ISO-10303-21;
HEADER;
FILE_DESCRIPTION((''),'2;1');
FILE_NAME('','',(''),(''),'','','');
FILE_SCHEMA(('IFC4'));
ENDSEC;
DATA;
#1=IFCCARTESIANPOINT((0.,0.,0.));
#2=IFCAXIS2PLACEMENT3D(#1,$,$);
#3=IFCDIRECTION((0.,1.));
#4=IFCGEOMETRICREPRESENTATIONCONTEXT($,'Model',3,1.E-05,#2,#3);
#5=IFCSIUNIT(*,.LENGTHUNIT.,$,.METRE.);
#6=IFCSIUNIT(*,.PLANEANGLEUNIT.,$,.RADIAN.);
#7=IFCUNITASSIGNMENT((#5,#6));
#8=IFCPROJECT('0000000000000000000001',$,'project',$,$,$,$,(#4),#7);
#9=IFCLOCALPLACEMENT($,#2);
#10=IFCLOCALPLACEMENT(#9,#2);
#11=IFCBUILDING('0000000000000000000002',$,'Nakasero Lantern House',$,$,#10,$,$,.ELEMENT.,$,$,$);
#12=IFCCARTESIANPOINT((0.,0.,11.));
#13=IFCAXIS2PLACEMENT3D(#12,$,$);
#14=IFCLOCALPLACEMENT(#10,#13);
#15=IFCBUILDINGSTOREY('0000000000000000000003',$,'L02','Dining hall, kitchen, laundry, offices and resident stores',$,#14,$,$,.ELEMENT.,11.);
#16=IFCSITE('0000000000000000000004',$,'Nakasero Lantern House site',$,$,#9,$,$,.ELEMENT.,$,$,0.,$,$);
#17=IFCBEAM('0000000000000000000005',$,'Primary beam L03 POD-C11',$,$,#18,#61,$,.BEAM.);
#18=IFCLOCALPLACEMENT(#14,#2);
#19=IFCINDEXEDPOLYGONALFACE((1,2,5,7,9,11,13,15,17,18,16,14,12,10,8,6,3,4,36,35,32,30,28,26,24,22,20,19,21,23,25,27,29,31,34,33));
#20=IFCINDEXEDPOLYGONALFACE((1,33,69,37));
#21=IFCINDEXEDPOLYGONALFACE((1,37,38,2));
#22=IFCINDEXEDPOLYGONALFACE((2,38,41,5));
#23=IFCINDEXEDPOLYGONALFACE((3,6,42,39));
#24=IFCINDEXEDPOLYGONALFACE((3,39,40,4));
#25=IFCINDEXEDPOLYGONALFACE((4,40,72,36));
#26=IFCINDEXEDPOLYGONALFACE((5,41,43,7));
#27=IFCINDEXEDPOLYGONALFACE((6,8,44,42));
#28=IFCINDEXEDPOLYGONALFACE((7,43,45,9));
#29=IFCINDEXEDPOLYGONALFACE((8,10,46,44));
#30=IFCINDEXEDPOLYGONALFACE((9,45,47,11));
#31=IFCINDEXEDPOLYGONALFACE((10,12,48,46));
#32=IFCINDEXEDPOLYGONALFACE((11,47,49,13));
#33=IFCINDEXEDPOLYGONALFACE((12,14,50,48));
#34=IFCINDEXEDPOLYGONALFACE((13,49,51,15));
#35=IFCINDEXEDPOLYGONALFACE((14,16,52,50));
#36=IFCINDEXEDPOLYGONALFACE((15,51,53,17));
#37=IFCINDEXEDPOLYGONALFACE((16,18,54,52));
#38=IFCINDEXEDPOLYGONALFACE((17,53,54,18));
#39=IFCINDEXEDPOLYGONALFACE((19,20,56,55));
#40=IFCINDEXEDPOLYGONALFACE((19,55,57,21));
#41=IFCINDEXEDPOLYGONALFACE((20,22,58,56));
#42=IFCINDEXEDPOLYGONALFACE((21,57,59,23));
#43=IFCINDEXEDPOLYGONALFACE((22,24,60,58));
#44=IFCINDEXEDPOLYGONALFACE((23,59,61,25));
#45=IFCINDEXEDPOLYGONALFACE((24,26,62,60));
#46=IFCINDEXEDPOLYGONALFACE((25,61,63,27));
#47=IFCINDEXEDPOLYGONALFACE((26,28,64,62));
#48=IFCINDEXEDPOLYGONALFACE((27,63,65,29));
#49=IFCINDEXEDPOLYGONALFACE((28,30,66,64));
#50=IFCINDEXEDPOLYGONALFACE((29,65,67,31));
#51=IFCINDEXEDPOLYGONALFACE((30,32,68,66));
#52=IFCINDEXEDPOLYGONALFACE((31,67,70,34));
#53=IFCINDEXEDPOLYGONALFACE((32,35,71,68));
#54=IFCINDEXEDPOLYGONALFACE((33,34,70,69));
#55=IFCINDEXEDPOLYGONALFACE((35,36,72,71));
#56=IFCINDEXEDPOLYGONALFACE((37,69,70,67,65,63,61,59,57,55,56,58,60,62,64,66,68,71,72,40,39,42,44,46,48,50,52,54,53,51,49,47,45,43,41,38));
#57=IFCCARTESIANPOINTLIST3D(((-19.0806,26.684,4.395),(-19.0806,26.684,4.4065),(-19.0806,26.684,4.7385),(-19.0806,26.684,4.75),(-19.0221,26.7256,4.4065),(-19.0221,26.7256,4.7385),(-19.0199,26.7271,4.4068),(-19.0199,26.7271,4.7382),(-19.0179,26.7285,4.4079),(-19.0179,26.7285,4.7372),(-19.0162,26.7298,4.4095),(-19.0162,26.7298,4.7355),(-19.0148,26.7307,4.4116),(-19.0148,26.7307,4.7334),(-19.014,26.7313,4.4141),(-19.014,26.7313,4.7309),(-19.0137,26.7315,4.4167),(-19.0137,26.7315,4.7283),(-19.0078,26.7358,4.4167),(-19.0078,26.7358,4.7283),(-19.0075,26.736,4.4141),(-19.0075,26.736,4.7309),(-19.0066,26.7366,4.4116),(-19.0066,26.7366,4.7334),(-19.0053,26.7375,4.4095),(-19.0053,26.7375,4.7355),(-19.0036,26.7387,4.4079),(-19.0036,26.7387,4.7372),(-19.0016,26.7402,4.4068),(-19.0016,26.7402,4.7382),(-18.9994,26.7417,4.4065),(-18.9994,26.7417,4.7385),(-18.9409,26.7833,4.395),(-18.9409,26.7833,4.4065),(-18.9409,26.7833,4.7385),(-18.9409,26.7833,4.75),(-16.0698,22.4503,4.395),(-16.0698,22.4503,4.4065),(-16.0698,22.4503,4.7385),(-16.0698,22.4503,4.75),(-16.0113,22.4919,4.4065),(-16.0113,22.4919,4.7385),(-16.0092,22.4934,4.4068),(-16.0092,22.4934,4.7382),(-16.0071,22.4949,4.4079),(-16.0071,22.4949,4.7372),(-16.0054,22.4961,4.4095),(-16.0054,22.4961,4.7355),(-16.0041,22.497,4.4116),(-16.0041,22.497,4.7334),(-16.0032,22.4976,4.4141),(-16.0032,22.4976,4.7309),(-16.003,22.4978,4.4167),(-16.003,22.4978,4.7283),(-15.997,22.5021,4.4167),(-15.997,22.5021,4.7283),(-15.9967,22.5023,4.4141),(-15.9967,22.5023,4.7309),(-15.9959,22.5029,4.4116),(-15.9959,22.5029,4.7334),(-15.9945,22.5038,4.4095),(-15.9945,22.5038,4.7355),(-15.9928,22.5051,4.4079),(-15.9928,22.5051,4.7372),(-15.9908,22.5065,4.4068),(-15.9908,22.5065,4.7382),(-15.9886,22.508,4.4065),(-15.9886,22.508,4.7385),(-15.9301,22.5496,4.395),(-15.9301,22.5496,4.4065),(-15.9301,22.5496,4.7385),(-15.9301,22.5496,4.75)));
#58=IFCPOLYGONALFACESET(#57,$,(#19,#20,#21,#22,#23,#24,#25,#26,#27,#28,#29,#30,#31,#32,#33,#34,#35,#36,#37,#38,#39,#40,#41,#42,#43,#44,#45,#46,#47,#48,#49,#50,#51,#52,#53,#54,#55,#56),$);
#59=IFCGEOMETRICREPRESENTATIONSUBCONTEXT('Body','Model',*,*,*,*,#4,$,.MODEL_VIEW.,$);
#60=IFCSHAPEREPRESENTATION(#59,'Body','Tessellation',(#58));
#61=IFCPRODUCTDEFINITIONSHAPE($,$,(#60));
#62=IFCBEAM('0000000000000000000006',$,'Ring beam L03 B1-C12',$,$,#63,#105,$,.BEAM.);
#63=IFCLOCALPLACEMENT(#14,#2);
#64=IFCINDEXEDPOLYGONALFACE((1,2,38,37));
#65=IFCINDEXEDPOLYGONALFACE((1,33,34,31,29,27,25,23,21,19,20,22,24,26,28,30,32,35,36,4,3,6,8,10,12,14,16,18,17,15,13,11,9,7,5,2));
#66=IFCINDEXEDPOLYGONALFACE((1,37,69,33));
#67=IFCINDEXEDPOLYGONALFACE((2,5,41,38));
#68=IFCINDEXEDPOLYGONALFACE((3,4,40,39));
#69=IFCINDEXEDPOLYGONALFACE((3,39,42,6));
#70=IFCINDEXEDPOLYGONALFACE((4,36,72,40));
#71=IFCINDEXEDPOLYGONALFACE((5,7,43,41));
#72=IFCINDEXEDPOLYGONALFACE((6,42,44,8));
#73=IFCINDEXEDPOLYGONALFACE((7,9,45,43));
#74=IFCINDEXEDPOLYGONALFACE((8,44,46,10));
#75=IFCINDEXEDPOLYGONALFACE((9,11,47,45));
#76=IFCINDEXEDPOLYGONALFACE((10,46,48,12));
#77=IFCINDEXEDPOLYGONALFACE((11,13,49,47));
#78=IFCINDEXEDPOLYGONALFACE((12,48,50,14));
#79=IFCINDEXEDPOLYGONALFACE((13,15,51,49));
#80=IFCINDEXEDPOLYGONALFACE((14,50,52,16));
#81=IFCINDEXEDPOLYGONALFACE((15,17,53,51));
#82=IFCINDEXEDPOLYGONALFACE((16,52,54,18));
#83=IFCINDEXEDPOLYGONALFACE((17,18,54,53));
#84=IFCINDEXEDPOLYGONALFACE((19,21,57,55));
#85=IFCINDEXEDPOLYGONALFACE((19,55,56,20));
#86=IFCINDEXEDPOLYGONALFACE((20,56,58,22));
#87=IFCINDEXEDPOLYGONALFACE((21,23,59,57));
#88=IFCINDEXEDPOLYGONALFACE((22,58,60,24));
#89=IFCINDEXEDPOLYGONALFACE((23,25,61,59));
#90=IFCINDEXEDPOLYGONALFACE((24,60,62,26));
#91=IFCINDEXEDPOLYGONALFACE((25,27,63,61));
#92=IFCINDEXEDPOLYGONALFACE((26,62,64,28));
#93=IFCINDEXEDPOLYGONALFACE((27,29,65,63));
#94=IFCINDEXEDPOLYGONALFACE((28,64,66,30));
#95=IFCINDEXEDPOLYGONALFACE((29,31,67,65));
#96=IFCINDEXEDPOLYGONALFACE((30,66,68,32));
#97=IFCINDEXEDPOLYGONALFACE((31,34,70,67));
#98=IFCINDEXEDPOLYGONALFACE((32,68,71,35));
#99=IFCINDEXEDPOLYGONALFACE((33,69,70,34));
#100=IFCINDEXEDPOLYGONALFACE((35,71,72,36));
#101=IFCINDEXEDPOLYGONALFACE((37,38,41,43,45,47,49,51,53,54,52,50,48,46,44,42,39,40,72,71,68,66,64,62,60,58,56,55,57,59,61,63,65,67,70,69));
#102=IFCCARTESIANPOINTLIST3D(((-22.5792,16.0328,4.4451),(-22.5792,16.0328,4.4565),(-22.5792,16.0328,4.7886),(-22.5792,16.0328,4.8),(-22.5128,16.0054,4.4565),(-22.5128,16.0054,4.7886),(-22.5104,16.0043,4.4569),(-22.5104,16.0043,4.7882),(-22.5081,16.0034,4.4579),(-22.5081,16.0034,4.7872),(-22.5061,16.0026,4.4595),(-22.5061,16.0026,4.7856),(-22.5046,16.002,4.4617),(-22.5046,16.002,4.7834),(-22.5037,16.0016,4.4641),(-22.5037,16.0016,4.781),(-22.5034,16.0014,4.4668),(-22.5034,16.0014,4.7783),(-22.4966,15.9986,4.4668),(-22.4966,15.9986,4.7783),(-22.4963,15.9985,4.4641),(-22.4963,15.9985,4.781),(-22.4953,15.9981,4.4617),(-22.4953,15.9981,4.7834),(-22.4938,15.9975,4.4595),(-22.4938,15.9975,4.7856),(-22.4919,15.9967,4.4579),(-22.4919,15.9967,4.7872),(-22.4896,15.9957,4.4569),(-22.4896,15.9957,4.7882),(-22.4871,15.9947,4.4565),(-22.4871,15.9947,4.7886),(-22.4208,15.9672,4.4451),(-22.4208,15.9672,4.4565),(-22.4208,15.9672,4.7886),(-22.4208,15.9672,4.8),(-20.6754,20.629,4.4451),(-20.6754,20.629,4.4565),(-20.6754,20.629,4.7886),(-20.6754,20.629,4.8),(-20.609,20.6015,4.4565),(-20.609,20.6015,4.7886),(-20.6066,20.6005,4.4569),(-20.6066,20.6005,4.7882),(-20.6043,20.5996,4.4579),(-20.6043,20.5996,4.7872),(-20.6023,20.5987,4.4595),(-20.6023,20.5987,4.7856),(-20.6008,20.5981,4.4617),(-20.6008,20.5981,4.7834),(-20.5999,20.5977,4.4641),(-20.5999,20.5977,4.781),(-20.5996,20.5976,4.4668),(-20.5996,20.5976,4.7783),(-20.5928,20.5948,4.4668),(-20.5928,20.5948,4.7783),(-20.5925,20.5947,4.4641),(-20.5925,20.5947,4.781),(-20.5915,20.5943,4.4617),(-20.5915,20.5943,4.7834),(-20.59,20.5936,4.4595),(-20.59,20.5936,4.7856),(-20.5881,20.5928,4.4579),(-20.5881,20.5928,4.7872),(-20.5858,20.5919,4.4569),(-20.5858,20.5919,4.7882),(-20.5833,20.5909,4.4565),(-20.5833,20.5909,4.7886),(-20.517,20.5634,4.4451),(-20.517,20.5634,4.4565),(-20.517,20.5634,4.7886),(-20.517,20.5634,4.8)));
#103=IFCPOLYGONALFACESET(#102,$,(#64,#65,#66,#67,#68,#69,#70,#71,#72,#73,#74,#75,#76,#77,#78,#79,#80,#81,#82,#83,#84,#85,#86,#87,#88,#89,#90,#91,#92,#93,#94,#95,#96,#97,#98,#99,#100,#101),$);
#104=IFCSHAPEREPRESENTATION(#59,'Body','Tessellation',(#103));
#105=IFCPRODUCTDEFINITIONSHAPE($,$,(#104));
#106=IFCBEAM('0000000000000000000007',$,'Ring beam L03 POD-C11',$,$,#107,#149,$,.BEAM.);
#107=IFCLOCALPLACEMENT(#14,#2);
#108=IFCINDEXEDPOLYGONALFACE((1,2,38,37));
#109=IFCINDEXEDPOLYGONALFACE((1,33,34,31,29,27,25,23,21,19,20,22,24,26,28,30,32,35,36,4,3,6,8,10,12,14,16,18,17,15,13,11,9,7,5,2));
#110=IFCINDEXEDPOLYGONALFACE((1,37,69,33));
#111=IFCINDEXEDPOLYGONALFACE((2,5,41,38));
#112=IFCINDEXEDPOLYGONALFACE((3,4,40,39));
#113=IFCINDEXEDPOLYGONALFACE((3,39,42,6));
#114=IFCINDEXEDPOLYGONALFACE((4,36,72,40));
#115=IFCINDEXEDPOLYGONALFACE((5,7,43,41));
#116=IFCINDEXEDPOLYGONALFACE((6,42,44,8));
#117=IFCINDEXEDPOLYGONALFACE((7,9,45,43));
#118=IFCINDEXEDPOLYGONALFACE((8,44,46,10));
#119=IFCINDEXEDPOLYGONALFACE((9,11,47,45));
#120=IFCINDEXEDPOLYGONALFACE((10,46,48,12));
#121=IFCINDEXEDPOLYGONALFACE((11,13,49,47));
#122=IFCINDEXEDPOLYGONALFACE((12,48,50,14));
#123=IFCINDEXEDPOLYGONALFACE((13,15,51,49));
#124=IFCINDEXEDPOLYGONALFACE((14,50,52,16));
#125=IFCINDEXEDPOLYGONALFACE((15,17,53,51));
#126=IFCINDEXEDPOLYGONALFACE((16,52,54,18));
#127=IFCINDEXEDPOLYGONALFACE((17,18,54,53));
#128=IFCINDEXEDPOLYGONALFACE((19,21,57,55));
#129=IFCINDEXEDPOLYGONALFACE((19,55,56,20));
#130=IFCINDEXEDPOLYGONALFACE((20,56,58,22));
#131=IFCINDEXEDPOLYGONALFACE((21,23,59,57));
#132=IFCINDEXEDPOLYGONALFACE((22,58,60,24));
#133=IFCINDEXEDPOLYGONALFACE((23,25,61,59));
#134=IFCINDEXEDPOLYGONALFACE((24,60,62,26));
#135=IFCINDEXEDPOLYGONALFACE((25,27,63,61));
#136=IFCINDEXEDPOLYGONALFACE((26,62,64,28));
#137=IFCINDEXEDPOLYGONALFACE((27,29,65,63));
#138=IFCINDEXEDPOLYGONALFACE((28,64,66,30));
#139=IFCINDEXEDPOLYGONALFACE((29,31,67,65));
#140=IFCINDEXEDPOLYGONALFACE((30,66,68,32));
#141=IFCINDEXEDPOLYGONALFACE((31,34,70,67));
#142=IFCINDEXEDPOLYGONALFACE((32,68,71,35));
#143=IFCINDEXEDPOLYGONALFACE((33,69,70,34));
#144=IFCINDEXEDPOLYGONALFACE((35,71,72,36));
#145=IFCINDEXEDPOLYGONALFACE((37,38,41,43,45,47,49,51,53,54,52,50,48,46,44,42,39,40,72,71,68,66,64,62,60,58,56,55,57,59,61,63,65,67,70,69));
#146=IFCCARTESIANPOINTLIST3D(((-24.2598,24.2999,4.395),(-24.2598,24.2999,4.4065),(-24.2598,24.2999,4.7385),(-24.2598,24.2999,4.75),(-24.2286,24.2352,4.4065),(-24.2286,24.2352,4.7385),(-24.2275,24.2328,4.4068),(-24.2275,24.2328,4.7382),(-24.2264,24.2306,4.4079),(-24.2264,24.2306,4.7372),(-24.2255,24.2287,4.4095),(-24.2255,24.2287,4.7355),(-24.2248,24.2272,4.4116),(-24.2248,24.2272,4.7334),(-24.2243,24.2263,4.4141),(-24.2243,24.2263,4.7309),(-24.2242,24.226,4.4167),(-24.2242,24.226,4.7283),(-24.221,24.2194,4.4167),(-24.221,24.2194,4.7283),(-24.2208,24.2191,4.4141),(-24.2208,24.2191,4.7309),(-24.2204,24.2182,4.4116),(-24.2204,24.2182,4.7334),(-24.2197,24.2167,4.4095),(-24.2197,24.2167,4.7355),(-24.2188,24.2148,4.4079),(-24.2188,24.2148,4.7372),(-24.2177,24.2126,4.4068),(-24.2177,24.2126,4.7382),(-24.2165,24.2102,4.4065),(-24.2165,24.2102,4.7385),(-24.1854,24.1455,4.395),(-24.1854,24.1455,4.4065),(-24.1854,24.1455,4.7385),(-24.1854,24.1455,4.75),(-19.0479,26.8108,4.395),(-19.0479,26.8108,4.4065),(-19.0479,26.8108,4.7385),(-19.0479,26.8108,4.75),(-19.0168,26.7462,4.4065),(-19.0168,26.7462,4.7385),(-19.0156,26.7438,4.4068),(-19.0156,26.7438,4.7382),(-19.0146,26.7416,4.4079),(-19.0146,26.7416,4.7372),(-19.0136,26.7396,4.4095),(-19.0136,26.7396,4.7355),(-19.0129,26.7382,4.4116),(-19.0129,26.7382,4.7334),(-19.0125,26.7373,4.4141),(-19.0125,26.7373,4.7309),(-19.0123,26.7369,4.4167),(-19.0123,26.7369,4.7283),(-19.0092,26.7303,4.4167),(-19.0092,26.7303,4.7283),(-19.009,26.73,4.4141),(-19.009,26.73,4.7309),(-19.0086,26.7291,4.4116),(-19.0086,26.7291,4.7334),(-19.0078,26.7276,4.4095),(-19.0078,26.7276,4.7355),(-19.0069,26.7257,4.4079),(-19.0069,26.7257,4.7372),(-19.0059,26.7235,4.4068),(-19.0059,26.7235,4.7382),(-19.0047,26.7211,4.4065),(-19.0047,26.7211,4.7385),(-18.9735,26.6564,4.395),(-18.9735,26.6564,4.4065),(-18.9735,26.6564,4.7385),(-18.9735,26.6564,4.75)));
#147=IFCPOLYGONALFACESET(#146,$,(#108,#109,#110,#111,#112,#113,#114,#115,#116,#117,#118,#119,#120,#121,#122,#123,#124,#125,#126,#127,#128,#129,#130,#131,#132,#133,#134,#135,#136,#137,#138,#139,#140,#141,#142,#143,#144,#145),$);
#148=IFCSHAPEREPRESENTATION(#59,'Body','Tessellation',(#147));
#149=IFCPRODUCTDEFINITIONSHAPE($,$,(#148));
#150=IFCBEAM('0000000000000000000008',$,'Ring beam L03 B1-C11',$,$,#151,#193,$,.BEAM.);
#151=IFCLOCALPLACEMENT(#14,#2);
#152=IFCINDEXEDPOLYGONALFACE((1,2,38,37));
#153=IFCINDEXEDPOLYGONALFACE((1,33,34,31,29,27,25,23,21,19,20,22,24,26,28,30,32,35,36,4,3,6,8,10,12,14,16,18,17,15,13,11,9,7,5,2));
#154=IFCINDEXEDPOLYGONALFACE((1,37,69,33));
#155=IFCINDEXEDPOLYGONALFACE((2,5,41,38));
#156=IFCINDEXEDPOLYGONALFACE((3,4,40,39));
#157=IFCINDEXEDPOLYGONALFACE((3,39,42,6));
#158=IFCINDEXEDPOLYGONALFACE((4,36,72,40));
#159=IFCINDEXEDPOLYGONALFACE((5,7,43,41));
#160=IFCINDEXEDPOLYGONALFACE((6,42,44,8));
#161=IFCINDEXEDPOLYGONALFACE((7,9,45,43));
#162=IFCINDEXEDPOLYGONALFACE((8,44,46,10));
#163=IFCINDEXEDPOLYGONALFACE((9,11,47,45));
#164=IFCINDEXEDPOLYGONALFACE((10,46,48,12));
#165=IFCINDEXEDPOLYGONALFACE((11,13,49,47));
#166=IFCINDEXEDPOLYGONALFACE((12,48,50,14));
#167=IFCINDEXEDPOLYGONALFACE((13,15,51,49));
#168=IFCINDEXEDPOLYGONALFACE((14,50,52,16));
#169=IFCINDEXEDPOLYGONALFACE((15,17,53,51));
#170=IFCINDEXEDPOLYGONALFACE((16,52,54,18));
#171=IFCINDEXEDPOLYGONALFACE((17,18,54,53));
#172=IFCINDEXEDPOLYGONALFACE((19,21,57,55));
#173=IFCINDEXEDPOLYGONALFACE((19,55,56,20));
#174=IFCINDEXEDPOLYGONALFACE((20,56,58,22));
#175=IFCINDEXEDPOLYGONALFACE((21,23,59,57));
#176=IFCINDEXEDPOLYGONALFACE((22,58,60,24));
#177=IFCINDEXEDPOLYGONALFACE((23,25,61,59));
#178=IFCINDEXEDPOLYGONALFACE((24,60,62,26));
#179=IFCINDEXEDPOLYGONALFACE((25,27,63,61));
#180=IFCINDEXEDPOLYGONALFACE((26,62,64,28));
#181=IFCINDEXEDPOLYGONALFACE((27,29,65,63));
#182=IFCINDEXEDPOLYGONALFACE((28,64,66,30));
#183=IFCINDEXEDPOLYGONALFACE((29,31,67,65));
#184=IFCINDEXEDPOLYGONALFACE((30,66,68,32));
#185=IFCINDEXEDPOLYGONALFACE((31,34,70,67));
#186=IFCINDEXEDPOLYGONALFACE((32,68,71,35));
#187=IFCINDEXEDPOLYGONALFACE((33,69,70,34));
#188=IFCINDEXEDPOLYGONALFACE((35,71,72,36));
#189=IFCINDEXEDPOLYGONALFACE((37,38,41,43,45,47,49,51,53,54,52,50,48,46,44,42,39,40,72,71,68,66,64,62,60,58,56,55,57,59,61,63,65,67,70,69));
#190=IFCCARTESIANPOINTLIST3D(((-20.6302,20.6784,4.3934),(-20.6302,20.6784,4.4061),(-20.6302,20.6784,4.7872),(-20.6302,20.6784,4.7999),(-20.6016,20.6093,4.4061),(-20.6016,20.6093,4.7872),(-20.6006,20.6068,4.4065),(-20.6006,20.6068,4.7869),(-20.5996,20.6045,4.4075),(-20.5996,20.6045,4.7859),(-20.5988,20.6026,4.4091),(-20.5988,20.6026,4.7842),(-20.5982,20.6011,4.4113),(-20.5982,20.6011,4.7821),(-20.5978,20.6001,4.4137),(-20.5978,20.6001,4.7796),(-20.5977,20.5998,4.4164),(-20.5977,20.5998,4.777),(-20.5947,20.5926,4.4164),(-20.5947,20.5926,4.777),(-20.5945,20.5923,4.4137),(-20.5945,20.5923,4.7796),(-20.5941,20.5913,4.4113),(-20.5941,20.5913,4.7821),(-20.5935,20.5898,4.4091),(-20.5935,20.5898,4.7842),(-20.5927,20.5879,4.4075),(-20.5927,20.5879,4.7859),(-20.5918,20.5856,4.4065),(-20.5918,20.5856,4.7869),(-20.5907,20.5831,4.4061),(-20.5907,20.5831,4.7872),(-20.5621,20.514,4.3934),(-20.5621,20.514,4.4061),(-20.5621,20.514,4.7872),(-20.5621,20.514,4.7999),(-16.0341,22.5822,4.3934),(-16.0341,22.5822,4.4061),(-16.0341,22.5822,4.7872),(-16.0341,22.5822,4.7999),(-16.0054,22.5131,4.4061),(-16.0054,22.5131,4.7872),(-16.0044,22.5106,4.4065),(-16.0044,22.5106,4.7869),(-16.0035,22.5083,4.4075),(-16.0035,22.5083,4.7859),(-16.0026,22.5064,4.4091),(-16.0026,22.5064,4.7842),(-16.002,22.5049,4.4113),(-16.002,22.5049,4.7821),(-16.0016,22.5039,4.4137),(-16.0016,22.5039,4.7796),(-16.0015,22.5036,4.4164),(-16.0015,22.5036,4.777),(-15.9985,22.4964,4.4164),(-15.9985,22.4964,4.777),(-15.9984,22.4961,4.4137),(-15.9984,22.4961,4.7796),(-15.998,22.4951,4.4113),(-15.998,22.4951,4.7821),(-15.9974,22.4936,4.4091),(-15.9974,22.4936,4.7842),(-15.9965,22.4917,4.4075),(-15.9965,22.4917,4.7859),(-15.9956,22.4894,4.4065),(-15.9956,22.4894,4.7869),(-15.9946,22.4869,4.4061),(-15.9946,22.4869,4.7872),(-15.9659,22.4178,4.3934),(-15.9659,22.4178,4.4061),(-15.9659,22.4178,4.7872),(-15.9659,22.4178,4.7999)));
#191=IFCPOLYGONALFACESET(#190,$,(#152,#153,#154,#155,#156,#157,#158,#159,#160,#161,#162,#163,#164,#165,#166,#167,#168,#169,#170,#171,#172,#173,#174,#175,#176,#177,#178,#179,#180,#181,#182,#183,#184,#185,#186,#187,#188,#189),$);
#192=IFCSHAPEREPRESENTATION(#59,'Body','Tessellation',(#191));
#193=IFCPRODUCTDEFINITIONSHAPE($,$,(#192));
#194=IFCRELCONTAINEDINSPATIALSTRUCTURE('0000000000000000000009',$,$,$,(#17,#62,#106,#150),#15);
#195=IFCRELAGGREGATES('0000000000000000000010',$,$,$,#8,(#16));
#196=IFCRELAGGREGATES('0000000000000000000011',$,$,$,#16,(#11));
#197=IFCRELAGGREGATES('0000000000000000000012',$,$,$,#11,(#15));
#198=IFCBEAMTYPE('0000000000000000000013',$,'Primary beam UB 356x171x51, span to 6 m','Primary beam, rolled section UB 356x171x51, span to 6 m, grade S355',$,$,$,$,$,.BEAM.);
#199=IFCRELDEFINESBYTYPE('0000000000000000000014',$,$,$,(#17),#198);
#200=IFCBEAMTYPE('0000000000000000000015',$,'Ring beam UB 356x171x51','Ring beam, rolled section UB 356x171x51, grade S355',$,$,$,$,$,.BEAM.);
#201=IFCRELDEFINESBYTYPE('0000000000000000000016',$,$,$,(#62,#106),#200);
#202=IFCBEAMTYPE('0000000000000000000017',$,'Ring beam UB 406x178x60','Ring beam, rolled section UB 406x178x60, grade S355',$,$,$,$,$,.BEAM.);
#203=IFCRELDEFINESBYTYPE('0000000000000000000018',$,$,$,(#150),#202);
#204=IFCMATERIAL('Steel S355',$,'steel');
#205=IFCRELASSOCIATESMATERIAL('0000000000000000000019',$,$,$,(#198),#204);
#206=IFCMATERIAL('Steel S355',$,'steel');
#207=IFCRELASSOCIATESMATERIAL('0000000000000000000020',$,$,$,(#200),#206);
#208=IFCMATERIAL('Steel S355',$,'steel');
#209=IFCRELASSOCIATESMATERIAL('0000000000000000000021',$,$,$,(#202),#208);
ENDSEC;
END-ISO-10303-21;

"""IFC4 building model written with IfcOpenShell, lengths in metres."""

from ifc_helpers import new_model, si_unit, direction, frame, origin, origin_2d, place, context, subcontext, project, spatial, i_section, extrude, material, material_profile, profile_set, type_object, element, save


model = new_model("IFC4")

# Units and contexts
model_context = context("Model", 3, precision=1e-05, world=origin(), true_north=direction((0.0, 1.0)))
body_context = subcontext(model_context, "Body", "Model", "MODEL_VIEW")
ifc_project = project(units=[si_unit("LENGTHUNIT", "METRE"), si_unit("PLANEANGLEUNIT", "RADIAN")], contexts=[model_context])

# Site, building, storey
site_placement = place(None, origin())
site = spatial("IfcSite", under=ifc_project, at=site_placement, Name="Nakasero Lantern House site", CompositionType="ELEMENT", RefElevation=0.0)
building_placement = place(site_placement, origin())
building = spatial("IfcBuilding", under=site, at=building_placement, Name="Nakasero Lantern House", CompositionType="ELEMENT")
storey_placement = place(building_placement, frame((0.0, 0.0, 11.0)))
storey = spatial("IfcBuildingStorey", under=building, at=storey_placement, Name="L02", Description="Dining hall, kitchen, laundry, offices and resident stores", CompositionType="ELEMENT", Elevation=11.0)

# Beams
ifc_material_1 = material(Name="Steel S355", Category="steel")
ifc_material_profile_1 = material_profile(ifc_material_1, i_section(OverallWidth=0.1714, OverallDepth=0.355, WebThickness=0.0073, FlangeThickness=0.0115, FilletRadius=0.0103, at=origin_2d()), Name="UB 356x171x51")
ifc_profile_set_1 = profile_set([ifc_material_profile_1], Name="Steel S355")
beam_type_1 = type_object("IfcBeamType", Name="Primary beam UB 356x171x51, span to 6 m", Description="Primary beam, rolled section UB 356x171x51, span to 6 m, grade S355", PredefinedType="BEAM", material=ifc_profile_set_1)
beam_1_placement = place(storey_placement, frame((-19.0107, 26.7336, 4.5725), z_axis=(0.579543, -0.814942, 0.0), x_axis=(0.814942, 0.579543, 0.0)))
element("IfcBeam", 1, at=beam_1_placement, inside=storey, type_object=beam_type_1, Name="Primary beam L03 POD-C11", PredefinedType="BEAM", context=body_context, shape_type="SweptSolid", body=[
    extrude(i_section(OverallWidth=0.1714, OverallDepth=0.355, WebThickness=0.0073, FlangeThickness=0.0115, FilletRadius=0.0103, at=origin_2d()), origin(), (0.0, 0.0, 1.0), 5.1951),
])
ifc_material_2 = material(Name="Steel S355", Category="steel")
ifc_material_profile_2 = material_profile(ifc_material_2, i_section(OverallWidth=0.1714, OverallDepth=0.355, WebThickness=0.0073, FlangeThickness=0.0115, FilletRadius=0.0103, at=origin_2d()), Name="UB 356x171x51")
ifc_profile_set_2 = profile_set([ifc_material_profile_2], Name="Steel S355")
beam_type_2 = type_object("IfcBeamType", Name="Ring beam UB 356x171x51", Description="Ring beam, rolled section UB 356x171x51, grade S355", PredefinedType="BEAM", material=ifc_profile_set_2)
beam_2_placement = place(storey_placement, frame((-20.5962, 20.5962, 4.6226), z_axis=(-0.382684, -0.923879, 0.0), x_axis=(0.923879, -0.382684, 0.0)))
element("IfcBeam", 2, at=beam_2_placement, inside=storey, type_object=beam_type_2, Name="Ring beam L03 B1-C12", PredefinedType="BEAM", context=body_context, shape_type="SweptSolid", body=[
    extrude(i_section(OverallWidth=0.1714, OverallDepth=0.355, WebThickness=0.0073, FlangeThickness=0.0115, FilletRadius=0.0103, at=origin_2d()), origin(), (0.0, 0.0, 1.0), 4.9749),
])
beam_3_placement = place(storey_placement, frame((-19.0107, 26.7336, 4.5725), z_axis=(-0.900897, -0.434033, 0.0), x_axis=(0.434033, -0.900897, 0.0)))
element("IfcBeam", 3, at=beam_3_placement, inside=storey, type_object=beam_type_2, Name="Ring beam L03 POD-C11", PredefinedType="BEAM", context=body_context, shape_type="SweptSolid", body=[
    extrude(i_section(OverallWidth=0.1714, OverallDepth=0.355, WebThickness=0.0073, FlangeThickness=0.0115, FilletRadius=0.0103, at=origin_2d()), origin(), (0.0, 0.0, 1.0), 5.7852),
])
ifc_material_3 = material(Name="Steel S355", Category="steel")
ifc_material_profile_3 = material_profile(ifc_material_3, i_section(OverallWidth=0.178, OverallDepth=0.4065, WebThickness=0.0078, FlangeThickness=0.0127, FilletRadius=0.0103, at=origin_2d()), Name="UB 406x178x60")
ifc_profile_set_3 = profile_set([ifc_material_profile_3], Name="Steel S355")
beam_type_3 = type_object("IfcBeamType", Name="Ring beam UB 406x178x60", Description="Ring beam, rolled section UB 406x178x60, grade S355", PredefinedType="BEAM", material=ifc_profile_set_3)
beam_4_placement = place(storey_placement, frame((-16.0, 22.5, 4.5967), z_axis=(-0.923879, -0.382684, 0.0), x_axis=(0.382684, -0.923879, 0.0)))
element("IfcBeam", 4, at=beam_4_placement, inside=storey, type_object=beam_type_3, Name="Ring beam L03 B1-C11", PredefinedType="BEAM", context=body_context, shape_type="SweptSolid", body=[
    extrude(i_section(OverallWidth=0.178, OverallDepth=0.4065, WebThickness=0.0078, FlangeThickness=0.0127, FilletRadius=0.0103, at=origin_2d()), origin(), (0.0, 0.0, 1.0), 4.9749),
])

save(model, "model.ifc")
